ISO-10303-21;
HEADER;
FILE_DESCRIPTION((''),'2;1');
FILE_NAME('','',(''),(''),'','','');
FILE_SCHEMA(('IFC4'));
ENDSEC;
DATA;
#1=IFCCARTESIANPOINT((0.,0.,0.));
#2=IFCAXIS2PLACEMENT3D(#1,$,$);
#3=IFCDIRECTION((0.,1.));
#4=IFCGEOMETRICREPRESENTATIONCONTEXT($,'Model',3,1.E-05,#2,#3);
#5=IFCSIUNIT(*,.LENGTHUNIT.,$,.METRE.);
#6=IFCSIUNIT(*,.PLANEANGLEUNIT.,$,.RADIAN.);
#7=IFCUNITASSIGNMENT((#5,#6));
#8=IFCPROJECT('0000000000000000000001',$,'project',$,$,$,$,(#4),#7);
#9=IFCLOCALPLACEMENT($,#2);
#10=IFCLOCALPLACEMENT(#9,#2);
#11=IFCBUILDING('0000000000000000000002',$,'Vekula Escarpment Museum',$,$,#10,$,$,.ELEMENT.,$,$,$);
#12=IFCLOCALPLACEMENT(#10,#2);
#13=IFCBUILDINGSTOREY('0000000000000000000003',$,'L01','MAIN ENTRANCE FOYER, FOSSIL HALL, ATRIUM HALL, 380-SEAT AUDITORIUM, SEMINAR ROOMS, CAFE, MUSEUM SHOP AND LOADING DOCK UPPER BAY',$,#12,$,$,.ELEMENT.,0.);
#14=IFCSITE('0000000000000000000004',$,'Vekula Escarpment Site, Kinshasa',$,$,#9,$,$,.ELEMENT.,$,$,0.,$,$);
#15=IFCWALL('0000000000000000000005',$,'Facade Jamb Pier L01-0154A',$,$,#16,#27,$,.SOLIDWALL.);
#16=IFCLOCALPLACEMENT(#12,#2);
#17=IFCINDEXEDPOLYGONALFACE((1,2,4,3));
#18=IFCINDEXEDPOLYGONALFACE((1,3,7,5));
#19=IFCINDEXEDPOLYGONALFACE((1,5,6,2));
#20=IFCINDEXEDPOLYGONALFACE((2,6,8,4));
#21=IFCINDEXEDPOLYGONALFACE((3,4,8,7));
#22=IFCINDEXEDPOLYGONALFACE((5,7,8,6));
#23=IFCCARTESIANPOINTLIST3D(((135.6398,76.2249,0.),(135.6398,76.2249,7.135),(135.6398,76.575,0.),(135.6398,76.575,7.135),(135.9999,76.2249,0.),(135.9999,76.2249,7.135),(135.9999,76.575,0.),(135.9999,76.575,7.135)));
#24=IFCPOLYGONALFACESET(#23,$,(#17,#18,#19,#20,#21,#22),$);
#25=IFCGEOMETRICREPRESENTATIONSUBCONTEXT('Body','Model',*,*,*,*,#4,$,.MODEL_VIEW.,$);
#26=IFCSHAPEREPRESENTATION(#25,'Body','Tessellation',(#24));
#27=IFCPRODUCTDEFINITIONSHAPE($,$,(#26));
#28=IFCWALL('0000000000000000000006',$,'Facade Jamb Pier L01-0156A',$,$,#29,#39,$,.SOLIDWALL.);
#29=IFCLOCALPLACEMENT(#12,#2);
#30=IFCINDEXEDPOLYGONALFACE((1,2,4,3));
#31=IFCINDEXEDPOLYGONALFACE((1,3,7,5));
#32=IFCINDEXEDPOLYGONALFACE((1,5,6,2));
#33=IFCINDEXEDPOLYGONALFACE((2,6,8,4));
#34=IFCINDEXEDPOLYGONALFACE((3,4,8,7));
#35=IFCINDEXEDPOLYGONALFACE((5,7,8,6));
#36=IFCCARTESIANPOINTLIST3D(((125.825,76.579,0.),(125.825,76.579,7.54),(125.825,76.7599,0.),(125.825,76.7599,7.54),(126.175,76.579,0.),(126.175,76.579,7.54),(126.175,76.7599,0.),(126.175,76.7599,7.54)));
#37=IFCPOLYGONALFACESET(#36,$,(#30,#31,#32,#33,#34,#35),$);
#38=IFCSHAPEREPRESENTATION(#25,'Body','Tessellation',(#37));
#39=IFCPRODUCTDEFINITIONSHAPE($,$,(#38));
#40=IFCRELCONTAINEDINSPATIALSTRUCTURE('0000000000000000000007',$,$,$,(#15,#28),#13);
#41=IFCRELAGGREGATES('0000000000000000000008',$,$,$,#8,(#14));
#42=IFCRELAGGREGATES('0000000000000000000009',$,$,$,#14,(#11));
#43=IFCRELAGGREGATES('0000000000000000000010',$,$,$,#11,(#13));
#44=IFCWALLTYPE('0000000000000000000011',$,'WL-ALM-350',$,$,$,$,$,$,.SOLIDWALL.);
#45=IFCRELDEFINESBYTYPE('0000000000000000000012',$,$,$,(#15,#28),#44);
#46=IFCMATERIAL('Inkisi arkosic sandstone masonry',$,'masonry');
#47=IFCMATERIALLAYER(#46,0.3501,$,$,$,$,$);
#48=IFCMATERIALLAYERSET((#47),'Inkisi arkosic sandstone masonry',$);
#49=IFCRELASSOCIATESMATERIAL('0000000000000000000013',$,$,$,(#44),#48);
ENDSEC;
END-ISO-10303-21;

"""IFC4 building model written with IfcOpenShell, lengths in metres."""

from ifc_helpers import new_model, si_unit, direction, frame, frame_2d, origin, place, context, subcontext, project, spatial, rectangle, extrude, material, layer, layer_set, type_object, element, save


model = new_model("IFC4")

# Units and contexts
model_context = context("Model", 3, precision=1e-05, world=origin(), true_north=direction((0.0, 1.0)))
body_context = subcontext(model_context, "Body", "Model", "MODEL_VIEW")
ifc_project = project(units=[si_unit("LENGTHUNIT", "METRE"), si_unit("PLANEANGLEUNIT", "RADIAN")], contexts=[model_context])

# Site, building, storey
site_placement = place(None, origin())
site = spatial("IfcSite", under=ifc_project, at=site_placement, Name="Vekula Escarpment Site, Kinshasa", CompositionType="ELEMENT", RefElevation=0.0)
building_placement = place(site_placement, origin())
building = spatial("IfcBuilding", under=site, at=building_placement, Name="Vekula Escarpment Museum", CompositionType="ELEMENT")
storey_placement = place(building_placement, origin())
storey = spatial("IfcBuildingStorey", under=building, at=storey_placement, Name="L01", Description="MAIN ENTRANCE FOYER, FOSSIL HALL, ATRIUM HALL, 380-SEAT AUDITORIUM, SEMINAR ROOMS, CAFE, MUSEUM SHOP AND LOADING DOCK UPPER BAY", CompositionType="ELEMENT", Elevation=0.0)

# Walls
ifc_material_1 = material(Name="Inkisi arkosic sandstone masonry", Category="masonry")
ifc_layer_1 = layer(ifc_material_1, 0.3501)
ifc_layer_set_1 = layer_set([ifc_layer_1], Name="Inkisi arkosic sandstone masonry")
wall_type = type_object("IfcWallType", Name="WL-ALM-350", PredefinedType="SOLIDWALL", material=ifc_layer_set_1)
wall_1_placement = place(storey_placement, frame((136.0, 76.3999, 0.0), z_axis=(0.0, 0.0, 1.0), x_axis=(-1.0, 0.0, 0.0)))
element("IfcWall", 1, at=wall_1_placement, inside=storey, type_object=wall_type, Name="Facade Jamb Pier L01-0154A", PredefinedType="SOLIDWALL", context=body_context, shape_type="SweptSolid", body=[
    extrude(rectangle(XDim=0.3601, YDim=0.3501, at=frame_2d((0.1802, 0.0))), origin(), (0.0, 0.0, 1.0), 7.135),
])
wall_2_placement = place(storey_placement, frame((126.0, 76.5791, 0.0), z_axis=(0.0, 0.0, 1.0), x_axis=(0.0, 1.0, 0.0)))
element("IfcWall", 2, at=wall_2_placement, inside=storey, type_object=wall_type, Name="Facade Jamb Pier L01-0156A", PredefinedType="SOLIDWALL", context=body_context, shape_type="SweptSolid", body=[
    extrude(rectangle(XDim=0.1809, YDim=0.3501, at=frame_2d((0.0903, 0.0))), origin(), (0.0, 0.0, 1.0), 7.54),
])

save(model, "model.ifc")
